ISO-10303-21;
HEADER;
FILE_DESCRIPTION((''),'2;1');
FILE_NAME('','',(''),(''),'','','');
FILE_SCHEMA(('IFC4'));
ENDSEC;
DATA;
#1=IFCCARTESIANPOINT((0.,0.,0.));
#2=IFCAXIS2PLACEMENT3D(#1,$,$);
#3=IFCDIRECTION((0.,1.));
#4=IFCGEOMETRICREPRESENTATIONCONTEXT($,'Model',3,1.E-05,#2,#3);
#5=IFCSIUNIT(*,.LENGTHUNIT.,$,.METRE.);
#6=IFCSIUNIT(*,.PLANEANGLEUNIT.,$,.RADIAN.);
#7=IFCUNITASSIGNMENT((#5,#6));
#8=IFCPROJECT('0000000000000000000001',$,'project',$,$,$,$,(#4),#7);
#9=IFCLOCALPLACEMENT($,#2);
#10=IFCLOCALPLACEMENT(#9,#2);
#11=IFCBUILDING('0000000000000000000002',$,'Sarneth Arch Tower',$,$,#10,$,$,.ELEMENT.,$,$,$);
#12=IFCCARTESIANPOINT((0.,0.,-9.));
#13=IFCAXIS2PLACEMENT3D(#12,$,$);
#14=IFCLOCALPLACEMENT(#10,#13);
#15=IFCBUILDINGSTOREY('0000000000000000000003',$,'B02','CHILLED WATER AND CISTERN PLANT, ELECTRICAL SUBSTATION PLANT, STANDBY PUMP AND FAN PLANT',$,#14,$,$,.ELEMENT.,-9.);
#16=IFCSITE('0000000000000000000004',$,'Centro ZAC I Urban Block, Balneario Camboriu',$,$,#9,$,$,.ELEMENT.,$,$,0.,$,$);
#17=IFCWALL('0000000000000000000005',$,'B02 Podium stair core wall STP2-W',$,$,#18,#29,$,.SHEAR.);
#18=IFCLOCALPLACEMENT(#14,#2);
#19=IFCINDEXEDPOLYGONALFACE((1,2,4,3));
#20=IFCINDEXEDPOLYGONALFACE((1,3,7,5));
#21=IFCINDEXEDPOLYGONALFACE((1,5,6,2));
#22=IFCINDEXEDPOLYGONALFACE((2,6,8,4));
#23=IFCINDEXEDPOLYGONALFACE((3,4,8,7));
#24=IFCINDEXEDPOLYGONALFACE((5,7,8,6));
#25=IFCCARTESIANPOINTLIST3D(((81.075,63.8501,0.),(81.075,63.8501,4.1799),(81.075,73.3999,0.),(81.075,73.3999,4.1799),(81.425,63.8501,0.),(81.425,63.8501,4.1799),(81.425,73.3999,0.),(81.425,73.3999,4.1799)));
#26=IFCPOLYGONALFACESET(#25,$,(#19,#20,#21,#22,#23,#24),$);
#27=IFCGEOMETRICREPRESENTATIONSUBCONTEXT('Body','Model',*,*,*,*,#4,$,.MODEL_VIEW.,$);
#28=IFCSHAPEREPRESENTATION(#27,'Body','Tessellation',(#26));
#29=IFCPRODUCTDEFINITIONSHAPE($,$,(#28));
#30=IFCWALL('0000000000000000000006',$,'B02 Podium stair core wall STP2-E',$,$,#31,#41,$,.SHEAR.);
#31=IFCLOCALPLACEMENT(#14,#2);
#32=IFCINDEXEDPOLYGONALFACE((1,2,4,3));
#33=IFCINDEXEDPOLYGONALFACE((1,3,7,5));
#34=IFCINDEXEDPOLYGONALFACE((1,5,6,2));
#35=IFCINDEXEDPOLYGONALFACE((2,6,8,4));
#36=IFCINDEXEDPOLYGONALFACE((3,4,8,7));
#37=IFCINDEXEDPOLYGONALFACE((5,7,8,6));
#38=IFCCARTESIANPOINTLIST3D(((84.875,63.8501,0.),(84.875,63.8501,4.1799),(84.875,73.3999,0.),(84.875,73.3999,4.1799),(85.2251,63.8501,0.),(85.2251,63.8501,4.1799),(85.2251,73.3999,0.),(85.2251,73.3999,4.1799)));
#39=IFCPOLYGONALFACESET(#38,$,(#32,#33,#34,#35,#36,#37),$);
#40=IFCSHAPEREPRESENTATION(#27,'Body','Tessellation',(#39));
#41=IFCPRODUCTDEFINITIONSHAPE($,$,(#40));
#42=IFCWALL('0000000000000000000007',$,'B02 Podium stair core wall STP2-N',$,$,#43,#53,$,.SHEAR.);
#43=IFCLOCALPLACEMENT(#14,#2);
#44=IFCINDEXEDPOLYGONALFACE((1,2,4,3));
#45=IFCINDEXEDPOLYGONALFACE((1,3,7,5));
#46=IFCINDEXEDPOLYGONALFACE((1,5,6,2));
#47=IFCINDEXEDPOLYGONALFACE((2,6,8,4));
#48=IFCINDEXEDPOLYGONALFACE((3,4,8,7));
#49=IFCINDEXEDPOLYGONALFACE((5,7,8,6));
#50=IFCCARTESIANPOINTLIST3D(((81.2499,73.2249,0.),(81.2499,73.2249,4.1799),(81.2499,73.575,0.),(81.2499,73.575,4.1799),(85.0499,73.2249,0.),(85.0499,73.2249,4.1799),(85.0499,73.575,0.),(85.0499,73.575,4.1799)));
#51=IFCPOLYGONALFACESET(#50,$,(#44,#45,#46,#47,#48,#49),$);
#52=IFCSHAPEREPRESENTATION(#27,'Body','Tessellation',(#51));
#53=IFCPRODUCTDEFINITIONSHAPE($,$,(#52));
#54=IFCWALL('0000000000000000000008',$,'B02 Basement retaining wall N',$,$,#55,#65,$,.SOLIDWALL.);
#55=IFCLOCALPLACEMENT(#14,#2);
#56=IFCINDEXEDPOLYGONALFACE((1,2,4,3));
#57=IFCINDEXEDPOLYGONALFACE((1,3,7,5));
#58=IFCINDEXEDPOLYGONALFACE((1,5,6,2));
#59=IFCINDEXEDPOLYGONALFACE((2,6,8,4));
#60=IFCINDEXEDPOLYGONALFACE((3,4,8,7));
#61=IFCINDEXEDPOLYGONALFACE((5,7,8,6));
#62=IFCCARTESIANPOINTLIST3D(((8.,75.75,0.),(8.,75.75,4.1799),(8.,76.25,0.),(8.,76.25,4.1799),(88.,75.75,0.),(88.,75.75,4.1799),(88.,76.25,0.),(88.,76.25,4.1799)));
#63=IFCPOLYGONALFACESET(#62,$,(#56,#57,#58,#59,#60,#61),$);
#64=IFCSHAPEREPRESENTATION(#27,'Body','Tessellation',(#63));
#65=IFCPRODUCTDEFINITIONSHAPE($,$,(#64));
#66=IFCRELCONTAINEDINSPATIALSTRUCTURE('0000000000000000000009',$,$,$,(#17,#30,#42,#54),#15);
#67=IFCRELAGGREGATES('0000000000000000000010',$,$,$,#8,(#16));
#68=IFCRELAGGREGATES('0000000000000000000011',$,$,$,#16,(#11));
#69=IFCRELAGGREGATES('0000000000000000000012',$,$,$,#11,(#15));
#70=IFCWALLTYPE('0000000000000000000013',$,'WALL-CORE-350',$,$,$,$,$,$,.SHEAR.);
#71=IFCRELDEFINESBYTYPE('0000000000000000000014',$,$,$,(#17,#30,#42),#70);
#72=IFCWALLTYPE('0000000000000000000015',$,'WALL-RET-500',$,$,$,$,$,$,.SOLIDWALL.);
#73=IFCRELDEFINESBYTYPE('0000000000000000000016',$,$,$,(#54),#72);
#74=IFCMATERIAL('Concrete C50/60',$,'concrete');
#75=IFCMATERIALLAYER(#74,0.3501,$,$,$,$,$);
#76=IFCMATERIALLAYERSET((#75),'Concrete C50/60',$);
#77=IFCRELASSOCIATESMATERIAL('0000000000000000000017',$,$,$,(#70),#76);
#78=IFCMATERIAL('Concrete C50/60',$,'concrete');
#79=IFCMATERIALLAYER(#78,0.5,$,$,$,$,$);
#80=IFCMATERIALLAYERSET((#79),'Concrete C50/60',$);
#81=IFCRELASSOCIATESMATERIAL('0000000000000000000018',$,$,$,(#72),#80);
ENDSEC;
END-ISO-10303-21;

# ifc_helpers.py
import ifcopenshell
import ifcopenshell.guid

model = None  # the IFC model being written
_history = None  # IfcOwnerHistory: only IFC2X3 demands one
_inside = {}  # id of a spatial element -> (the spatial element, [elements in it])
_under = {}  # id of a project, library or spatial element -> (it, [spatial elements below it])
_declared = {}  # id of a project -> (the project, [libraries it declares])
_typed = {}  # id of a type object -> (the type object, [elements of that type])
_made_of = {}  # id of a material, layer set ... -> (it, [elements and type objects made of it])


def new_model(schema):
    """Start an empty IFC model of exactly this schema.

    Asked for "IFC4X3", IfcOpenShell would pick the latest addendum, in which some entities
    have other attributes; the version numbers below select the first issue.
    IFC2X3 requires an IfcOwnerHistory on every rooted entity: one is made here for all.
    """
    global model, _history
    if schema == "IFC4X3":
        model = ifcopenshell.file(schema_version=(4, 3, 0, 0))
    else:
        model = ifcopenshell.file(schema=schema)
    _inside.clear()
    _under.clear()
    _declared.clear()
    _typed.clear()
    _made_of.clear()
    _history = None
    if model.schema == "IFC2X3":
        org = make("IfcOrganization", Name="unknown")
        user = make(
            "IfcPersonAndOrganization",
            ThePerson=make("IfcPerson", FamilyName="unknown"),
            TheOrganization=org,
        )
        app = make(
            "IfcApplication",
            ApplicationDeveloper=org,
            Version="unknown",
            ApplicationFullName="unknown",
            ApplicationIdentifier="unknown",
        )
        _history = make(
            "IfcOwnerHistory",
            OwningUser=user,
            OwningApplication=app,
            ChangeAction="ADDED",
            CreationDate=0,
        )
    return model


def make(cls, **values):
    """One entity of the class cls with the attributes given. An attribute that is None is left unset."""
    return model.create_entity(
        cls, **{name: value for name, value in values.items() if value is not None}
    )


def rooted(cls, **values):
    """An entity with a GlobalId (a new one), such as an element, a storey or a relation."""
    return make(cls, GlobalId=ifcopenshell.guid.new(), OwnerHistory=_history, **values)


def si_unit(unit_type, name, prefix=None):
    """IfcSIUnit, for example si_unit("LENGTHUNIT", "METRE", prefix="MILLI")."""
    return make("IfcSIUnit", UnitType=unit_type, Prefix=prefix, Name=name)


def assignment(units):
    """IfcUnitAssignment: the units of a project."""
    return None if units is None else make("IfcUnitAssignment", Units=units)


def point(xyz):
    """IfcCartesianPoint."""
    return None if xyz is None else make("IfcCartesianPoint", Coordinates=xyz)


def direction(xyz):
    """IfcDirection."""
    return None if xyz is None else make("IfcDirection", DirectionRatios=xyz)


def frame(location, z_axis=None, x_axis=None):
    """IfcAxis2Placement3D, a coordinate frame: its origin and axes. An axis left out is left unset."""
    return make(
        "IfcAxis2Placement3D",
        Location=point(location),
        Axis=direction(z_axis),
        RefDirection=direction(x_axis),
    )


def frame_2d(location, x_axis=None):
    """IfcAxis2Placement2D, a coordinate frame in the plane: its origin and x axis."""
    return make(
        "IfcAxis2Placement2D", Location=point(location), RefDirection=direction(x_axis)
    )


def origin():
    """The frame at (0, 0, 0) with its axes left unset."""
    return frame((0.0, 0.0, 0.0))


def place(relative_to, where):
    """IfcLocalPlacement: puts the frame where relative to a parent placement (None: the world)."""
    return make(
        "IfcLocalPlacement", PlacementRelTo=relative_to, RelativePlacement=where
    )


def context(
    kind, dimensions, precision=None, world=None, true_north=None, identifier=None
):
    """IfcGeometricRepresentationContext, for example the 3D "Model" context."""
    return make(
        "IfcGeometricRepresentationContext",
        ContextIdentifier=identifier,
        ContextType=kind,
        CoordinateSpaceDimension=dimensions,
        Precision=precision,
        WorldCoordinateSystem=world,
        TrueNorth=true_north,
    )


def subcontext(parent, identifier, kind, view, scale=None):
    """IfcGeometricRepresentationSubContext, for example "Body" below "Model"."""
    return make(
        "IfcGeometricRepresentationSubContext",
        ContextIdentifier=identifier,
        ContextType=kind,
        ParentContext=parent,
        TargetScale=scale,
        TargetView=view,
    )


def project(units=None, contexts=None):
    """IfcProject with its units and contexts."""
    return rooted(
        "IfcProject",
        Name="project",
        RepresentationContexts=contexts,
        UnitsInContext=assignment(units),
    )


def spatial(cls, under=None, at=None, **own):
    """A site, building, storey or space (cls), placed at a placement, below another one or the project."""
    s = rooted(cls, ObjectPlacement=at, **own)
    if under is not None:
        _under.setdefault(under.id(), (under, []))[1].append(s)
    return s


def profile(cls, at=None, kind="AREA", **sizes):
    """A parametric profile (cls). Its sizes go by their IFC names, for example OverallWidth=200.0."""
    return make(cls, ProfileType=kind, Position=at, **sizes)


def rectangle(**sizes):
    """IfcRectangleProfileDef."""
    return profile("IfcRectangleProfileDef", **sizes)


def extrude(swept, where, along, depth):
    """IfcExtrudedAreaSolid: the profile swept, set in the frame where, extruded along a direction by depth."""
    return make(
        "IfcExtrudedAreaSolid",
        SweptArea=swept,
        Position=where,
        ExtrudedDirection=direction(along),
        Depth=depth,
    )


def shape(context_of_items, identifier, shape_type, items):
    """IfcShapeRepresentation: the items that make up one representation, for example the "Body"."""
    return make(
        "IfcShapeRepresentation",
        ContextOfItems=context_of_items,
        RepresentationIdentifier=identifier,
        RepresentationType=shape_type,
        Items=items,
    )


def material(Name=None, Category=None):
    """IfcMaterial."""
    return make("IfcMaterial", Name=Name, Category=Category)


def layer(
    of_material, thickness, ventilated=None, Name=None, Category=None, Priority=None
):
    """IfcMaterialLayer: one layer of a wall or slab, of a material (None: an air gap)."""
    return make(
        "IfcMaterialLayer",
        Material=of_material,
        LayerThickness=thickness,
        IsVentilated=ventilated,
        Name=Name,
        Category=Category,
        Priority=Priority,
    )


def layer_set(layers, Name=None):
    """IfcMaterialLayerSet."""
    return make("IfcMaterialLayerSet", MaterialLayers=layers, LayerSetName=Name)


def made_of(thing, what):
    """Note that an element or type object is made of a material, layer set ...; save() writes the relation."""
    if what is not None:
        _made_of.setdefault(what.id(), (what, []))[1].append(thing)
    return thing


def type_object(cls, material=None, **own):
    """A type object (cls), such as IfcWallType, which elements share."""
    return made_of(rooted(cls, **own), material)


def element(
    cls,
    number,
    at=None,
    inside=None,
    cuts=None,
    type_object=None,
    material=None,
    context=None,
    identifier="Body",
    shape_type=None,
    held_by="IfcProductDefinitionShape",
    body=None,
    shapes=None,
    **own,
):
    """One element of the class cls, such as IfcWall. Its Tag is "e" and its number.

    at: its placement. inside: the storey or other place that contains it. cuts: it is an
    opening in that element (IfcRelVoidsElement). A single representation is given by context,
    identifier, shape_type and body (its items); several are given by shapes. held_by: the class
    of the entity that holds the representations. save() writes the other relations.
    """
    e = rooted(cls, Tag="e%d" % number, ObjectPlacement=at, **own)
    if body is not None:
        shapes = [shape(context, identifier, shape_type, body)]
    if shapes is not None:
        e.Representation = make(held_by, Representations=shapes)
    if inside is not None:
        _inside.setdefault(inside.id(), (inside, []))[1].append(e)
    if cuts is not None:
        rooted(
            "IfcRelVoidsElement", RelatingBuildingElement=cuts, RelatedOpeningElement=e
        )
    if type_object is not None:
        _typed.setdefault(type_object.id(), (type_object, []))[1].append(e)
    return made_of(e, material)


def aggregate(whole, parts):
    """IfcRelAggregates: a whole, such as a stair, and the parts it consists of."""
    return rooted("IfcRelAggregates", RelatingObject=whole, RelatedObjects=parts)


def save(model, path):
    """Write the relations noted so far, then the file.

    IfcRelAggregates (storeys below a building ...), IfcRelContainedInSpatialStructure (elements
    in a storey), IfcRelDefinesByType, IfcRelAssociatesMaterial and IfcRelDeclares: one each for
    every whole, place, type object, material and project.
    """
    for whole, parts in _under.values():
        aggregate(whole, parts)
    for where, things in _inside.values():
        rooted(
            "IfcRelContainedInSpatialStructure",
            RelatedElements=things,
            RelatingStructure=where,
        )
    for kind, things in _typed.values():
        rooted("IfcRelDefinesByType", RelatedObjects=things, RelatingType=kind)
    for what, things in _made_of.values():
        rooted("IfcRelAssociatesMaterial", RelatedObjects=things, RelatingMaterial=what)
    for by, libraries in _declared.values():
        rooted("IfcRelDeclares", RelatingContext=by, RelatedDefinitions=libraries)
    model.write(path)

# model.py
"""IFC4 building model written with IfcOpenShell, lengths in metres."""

from ifc_helpers import new_model, si_unit, direction, frame, frame_2d, origin, place, context, subcontext, project, spatial, rectangle, extrude, material, layer, layer_set, type_object, element, save


model = new_model("IFC4")

# Units and contexts
model_context = context("Model", 3, precision=1e-05, world=origin(), true_north=direction((0.0, 1.0)))
body_context = subcontext(model_context, "Body", "Model", "MODEL_VIEW")
ifc_project = project(units=[si_unit("LENGTHUNIT", "METRE"), si_unit("PLANEANGLEUNIT", "RADIAN")], contexts=[model_context])

# Site, building, storey
site_placement = place(None, origin())
site = spatial("IfcSite", under=ifc_project, at=site_placement, Name="Centro ZAC I Urban Block, Balneario Camboriu", CompositionType="ELEMENT", RefElevation=0.0)
building_placement = place(site_placement, origin())
building = spatial("IfcBuilding", under=site, at=building_placement, Name="Sarneth Arch Tower", CompositionType="ELEMENT")
storey_placement = place(building_placement, frame((0.0, 0.0, -9.0)))
storey = spatial("IfcBuildingStorey", under=building, at=storey_placement, Name="B02", Description="CHILLED WATER AND CISTERN PLANT, ELECTRICAL SUBSTATION PLANT, STANDBY PUMP AND FAN PLANT", CompositionType="ELEMENT", Elevation=-9.0)

# Walls
ifc_material_1 = material(Name="Concrete C50/60", Category="concrete")
ifc_layer_1 = layer(ifc_material_1, 0.3501)
ifc_layer_set_1 = layer_set([ifc_layer_1], Name="Concrete C50/60")
wall_type_1 = type_object("IfcWallType", Name="WALL-CORE-350", PredefinedType="SHEAR", material=ifc_layer_set_1)
for number, where, z_axis, x_axis, name in (
    (1, (81.25, 63.8501, 0.0), (0.0, 0.0, 1.0), (0.0, 1.0, 0.0), "B02 Podium stair core wall STP2-W"),
    (2, (85.05, 63.8501, 0.0), (0.0, 0.0, 1.0), (0.0, 1.0, 0.0), "B02 Podium stair core wall STP2-E"),
):
    element("IfcWall", number, at=place(storey_placement, frame(where, z_axis=z_axis, x_axis=x_axis)), inside=storey, type_object=wall_type_1, Name=name, PredefinedType="SHEAR", context=body_context, shape_type="SweptSolid", body=[
        extrude(rectangle(XDim=9.5498, YDim=0.3501, at=frame_2d((4.7749, 0.0))), origin(), (0.0, 0.0, 1.0), 4.1799),
    ])
wall_1_placement = place(storey_placement, frame((81.25, 73.3999, 0.0), z_axis=(0.0, 0.0, 1.0), x_axis=(1.0, 0.0, 0.0)))
element("IfcWall", 3, at=wall_1_placement, inside=storey, type_object=wall_type_1, Name="B02 Podium stair core wall STP2-N", PredefinedType="SHEAR", context=body_context, shape_type="SweptSolid", body=[
    extrude(rectangle(XDim=3.8, YDim=0.3501, at=frame_2d((1.8999, 0.0))), origin(), (0.0, 0.0, 1.0), 4.1799),
])
ifc_material_2 = material(Name="Concrete C50/60", Category="concrete")
ifc_layer_2 = layer(ifc_material_2, 0.5)
ifc_layer_set_2 = layer_set([ifc_layer_2], Name="Concrete C50/60")
wall_type_2 = type_object("IfcWallType", Name="WALL-RET-500", PredefinedType="SOLIDWALL", material=ifc_layer_set_2)
wall_2_placement = place(storey_placement, frame((88.0, 76.0, 0.0), z_axis=(0.0, 0.0, 1.0), x_axis=(-1.0, 0.0, 0.0)))
element("IfcWall", 4, at=wall_2_placement, inside=storey, type_object=wall_type_2, Name="B02 Basement retaining wall N", PredefinedType="SOLIDWALL", context=body_context, shape_type="SweptSolid", body=[
    extrude(rectangle(XDim=80.0, YDim=0.5, at=frame_2d((40.0, 0.0))), origin(), (0.0, 0.0, 1.0), 4.1799),
])

save(model, "model.ifc")
